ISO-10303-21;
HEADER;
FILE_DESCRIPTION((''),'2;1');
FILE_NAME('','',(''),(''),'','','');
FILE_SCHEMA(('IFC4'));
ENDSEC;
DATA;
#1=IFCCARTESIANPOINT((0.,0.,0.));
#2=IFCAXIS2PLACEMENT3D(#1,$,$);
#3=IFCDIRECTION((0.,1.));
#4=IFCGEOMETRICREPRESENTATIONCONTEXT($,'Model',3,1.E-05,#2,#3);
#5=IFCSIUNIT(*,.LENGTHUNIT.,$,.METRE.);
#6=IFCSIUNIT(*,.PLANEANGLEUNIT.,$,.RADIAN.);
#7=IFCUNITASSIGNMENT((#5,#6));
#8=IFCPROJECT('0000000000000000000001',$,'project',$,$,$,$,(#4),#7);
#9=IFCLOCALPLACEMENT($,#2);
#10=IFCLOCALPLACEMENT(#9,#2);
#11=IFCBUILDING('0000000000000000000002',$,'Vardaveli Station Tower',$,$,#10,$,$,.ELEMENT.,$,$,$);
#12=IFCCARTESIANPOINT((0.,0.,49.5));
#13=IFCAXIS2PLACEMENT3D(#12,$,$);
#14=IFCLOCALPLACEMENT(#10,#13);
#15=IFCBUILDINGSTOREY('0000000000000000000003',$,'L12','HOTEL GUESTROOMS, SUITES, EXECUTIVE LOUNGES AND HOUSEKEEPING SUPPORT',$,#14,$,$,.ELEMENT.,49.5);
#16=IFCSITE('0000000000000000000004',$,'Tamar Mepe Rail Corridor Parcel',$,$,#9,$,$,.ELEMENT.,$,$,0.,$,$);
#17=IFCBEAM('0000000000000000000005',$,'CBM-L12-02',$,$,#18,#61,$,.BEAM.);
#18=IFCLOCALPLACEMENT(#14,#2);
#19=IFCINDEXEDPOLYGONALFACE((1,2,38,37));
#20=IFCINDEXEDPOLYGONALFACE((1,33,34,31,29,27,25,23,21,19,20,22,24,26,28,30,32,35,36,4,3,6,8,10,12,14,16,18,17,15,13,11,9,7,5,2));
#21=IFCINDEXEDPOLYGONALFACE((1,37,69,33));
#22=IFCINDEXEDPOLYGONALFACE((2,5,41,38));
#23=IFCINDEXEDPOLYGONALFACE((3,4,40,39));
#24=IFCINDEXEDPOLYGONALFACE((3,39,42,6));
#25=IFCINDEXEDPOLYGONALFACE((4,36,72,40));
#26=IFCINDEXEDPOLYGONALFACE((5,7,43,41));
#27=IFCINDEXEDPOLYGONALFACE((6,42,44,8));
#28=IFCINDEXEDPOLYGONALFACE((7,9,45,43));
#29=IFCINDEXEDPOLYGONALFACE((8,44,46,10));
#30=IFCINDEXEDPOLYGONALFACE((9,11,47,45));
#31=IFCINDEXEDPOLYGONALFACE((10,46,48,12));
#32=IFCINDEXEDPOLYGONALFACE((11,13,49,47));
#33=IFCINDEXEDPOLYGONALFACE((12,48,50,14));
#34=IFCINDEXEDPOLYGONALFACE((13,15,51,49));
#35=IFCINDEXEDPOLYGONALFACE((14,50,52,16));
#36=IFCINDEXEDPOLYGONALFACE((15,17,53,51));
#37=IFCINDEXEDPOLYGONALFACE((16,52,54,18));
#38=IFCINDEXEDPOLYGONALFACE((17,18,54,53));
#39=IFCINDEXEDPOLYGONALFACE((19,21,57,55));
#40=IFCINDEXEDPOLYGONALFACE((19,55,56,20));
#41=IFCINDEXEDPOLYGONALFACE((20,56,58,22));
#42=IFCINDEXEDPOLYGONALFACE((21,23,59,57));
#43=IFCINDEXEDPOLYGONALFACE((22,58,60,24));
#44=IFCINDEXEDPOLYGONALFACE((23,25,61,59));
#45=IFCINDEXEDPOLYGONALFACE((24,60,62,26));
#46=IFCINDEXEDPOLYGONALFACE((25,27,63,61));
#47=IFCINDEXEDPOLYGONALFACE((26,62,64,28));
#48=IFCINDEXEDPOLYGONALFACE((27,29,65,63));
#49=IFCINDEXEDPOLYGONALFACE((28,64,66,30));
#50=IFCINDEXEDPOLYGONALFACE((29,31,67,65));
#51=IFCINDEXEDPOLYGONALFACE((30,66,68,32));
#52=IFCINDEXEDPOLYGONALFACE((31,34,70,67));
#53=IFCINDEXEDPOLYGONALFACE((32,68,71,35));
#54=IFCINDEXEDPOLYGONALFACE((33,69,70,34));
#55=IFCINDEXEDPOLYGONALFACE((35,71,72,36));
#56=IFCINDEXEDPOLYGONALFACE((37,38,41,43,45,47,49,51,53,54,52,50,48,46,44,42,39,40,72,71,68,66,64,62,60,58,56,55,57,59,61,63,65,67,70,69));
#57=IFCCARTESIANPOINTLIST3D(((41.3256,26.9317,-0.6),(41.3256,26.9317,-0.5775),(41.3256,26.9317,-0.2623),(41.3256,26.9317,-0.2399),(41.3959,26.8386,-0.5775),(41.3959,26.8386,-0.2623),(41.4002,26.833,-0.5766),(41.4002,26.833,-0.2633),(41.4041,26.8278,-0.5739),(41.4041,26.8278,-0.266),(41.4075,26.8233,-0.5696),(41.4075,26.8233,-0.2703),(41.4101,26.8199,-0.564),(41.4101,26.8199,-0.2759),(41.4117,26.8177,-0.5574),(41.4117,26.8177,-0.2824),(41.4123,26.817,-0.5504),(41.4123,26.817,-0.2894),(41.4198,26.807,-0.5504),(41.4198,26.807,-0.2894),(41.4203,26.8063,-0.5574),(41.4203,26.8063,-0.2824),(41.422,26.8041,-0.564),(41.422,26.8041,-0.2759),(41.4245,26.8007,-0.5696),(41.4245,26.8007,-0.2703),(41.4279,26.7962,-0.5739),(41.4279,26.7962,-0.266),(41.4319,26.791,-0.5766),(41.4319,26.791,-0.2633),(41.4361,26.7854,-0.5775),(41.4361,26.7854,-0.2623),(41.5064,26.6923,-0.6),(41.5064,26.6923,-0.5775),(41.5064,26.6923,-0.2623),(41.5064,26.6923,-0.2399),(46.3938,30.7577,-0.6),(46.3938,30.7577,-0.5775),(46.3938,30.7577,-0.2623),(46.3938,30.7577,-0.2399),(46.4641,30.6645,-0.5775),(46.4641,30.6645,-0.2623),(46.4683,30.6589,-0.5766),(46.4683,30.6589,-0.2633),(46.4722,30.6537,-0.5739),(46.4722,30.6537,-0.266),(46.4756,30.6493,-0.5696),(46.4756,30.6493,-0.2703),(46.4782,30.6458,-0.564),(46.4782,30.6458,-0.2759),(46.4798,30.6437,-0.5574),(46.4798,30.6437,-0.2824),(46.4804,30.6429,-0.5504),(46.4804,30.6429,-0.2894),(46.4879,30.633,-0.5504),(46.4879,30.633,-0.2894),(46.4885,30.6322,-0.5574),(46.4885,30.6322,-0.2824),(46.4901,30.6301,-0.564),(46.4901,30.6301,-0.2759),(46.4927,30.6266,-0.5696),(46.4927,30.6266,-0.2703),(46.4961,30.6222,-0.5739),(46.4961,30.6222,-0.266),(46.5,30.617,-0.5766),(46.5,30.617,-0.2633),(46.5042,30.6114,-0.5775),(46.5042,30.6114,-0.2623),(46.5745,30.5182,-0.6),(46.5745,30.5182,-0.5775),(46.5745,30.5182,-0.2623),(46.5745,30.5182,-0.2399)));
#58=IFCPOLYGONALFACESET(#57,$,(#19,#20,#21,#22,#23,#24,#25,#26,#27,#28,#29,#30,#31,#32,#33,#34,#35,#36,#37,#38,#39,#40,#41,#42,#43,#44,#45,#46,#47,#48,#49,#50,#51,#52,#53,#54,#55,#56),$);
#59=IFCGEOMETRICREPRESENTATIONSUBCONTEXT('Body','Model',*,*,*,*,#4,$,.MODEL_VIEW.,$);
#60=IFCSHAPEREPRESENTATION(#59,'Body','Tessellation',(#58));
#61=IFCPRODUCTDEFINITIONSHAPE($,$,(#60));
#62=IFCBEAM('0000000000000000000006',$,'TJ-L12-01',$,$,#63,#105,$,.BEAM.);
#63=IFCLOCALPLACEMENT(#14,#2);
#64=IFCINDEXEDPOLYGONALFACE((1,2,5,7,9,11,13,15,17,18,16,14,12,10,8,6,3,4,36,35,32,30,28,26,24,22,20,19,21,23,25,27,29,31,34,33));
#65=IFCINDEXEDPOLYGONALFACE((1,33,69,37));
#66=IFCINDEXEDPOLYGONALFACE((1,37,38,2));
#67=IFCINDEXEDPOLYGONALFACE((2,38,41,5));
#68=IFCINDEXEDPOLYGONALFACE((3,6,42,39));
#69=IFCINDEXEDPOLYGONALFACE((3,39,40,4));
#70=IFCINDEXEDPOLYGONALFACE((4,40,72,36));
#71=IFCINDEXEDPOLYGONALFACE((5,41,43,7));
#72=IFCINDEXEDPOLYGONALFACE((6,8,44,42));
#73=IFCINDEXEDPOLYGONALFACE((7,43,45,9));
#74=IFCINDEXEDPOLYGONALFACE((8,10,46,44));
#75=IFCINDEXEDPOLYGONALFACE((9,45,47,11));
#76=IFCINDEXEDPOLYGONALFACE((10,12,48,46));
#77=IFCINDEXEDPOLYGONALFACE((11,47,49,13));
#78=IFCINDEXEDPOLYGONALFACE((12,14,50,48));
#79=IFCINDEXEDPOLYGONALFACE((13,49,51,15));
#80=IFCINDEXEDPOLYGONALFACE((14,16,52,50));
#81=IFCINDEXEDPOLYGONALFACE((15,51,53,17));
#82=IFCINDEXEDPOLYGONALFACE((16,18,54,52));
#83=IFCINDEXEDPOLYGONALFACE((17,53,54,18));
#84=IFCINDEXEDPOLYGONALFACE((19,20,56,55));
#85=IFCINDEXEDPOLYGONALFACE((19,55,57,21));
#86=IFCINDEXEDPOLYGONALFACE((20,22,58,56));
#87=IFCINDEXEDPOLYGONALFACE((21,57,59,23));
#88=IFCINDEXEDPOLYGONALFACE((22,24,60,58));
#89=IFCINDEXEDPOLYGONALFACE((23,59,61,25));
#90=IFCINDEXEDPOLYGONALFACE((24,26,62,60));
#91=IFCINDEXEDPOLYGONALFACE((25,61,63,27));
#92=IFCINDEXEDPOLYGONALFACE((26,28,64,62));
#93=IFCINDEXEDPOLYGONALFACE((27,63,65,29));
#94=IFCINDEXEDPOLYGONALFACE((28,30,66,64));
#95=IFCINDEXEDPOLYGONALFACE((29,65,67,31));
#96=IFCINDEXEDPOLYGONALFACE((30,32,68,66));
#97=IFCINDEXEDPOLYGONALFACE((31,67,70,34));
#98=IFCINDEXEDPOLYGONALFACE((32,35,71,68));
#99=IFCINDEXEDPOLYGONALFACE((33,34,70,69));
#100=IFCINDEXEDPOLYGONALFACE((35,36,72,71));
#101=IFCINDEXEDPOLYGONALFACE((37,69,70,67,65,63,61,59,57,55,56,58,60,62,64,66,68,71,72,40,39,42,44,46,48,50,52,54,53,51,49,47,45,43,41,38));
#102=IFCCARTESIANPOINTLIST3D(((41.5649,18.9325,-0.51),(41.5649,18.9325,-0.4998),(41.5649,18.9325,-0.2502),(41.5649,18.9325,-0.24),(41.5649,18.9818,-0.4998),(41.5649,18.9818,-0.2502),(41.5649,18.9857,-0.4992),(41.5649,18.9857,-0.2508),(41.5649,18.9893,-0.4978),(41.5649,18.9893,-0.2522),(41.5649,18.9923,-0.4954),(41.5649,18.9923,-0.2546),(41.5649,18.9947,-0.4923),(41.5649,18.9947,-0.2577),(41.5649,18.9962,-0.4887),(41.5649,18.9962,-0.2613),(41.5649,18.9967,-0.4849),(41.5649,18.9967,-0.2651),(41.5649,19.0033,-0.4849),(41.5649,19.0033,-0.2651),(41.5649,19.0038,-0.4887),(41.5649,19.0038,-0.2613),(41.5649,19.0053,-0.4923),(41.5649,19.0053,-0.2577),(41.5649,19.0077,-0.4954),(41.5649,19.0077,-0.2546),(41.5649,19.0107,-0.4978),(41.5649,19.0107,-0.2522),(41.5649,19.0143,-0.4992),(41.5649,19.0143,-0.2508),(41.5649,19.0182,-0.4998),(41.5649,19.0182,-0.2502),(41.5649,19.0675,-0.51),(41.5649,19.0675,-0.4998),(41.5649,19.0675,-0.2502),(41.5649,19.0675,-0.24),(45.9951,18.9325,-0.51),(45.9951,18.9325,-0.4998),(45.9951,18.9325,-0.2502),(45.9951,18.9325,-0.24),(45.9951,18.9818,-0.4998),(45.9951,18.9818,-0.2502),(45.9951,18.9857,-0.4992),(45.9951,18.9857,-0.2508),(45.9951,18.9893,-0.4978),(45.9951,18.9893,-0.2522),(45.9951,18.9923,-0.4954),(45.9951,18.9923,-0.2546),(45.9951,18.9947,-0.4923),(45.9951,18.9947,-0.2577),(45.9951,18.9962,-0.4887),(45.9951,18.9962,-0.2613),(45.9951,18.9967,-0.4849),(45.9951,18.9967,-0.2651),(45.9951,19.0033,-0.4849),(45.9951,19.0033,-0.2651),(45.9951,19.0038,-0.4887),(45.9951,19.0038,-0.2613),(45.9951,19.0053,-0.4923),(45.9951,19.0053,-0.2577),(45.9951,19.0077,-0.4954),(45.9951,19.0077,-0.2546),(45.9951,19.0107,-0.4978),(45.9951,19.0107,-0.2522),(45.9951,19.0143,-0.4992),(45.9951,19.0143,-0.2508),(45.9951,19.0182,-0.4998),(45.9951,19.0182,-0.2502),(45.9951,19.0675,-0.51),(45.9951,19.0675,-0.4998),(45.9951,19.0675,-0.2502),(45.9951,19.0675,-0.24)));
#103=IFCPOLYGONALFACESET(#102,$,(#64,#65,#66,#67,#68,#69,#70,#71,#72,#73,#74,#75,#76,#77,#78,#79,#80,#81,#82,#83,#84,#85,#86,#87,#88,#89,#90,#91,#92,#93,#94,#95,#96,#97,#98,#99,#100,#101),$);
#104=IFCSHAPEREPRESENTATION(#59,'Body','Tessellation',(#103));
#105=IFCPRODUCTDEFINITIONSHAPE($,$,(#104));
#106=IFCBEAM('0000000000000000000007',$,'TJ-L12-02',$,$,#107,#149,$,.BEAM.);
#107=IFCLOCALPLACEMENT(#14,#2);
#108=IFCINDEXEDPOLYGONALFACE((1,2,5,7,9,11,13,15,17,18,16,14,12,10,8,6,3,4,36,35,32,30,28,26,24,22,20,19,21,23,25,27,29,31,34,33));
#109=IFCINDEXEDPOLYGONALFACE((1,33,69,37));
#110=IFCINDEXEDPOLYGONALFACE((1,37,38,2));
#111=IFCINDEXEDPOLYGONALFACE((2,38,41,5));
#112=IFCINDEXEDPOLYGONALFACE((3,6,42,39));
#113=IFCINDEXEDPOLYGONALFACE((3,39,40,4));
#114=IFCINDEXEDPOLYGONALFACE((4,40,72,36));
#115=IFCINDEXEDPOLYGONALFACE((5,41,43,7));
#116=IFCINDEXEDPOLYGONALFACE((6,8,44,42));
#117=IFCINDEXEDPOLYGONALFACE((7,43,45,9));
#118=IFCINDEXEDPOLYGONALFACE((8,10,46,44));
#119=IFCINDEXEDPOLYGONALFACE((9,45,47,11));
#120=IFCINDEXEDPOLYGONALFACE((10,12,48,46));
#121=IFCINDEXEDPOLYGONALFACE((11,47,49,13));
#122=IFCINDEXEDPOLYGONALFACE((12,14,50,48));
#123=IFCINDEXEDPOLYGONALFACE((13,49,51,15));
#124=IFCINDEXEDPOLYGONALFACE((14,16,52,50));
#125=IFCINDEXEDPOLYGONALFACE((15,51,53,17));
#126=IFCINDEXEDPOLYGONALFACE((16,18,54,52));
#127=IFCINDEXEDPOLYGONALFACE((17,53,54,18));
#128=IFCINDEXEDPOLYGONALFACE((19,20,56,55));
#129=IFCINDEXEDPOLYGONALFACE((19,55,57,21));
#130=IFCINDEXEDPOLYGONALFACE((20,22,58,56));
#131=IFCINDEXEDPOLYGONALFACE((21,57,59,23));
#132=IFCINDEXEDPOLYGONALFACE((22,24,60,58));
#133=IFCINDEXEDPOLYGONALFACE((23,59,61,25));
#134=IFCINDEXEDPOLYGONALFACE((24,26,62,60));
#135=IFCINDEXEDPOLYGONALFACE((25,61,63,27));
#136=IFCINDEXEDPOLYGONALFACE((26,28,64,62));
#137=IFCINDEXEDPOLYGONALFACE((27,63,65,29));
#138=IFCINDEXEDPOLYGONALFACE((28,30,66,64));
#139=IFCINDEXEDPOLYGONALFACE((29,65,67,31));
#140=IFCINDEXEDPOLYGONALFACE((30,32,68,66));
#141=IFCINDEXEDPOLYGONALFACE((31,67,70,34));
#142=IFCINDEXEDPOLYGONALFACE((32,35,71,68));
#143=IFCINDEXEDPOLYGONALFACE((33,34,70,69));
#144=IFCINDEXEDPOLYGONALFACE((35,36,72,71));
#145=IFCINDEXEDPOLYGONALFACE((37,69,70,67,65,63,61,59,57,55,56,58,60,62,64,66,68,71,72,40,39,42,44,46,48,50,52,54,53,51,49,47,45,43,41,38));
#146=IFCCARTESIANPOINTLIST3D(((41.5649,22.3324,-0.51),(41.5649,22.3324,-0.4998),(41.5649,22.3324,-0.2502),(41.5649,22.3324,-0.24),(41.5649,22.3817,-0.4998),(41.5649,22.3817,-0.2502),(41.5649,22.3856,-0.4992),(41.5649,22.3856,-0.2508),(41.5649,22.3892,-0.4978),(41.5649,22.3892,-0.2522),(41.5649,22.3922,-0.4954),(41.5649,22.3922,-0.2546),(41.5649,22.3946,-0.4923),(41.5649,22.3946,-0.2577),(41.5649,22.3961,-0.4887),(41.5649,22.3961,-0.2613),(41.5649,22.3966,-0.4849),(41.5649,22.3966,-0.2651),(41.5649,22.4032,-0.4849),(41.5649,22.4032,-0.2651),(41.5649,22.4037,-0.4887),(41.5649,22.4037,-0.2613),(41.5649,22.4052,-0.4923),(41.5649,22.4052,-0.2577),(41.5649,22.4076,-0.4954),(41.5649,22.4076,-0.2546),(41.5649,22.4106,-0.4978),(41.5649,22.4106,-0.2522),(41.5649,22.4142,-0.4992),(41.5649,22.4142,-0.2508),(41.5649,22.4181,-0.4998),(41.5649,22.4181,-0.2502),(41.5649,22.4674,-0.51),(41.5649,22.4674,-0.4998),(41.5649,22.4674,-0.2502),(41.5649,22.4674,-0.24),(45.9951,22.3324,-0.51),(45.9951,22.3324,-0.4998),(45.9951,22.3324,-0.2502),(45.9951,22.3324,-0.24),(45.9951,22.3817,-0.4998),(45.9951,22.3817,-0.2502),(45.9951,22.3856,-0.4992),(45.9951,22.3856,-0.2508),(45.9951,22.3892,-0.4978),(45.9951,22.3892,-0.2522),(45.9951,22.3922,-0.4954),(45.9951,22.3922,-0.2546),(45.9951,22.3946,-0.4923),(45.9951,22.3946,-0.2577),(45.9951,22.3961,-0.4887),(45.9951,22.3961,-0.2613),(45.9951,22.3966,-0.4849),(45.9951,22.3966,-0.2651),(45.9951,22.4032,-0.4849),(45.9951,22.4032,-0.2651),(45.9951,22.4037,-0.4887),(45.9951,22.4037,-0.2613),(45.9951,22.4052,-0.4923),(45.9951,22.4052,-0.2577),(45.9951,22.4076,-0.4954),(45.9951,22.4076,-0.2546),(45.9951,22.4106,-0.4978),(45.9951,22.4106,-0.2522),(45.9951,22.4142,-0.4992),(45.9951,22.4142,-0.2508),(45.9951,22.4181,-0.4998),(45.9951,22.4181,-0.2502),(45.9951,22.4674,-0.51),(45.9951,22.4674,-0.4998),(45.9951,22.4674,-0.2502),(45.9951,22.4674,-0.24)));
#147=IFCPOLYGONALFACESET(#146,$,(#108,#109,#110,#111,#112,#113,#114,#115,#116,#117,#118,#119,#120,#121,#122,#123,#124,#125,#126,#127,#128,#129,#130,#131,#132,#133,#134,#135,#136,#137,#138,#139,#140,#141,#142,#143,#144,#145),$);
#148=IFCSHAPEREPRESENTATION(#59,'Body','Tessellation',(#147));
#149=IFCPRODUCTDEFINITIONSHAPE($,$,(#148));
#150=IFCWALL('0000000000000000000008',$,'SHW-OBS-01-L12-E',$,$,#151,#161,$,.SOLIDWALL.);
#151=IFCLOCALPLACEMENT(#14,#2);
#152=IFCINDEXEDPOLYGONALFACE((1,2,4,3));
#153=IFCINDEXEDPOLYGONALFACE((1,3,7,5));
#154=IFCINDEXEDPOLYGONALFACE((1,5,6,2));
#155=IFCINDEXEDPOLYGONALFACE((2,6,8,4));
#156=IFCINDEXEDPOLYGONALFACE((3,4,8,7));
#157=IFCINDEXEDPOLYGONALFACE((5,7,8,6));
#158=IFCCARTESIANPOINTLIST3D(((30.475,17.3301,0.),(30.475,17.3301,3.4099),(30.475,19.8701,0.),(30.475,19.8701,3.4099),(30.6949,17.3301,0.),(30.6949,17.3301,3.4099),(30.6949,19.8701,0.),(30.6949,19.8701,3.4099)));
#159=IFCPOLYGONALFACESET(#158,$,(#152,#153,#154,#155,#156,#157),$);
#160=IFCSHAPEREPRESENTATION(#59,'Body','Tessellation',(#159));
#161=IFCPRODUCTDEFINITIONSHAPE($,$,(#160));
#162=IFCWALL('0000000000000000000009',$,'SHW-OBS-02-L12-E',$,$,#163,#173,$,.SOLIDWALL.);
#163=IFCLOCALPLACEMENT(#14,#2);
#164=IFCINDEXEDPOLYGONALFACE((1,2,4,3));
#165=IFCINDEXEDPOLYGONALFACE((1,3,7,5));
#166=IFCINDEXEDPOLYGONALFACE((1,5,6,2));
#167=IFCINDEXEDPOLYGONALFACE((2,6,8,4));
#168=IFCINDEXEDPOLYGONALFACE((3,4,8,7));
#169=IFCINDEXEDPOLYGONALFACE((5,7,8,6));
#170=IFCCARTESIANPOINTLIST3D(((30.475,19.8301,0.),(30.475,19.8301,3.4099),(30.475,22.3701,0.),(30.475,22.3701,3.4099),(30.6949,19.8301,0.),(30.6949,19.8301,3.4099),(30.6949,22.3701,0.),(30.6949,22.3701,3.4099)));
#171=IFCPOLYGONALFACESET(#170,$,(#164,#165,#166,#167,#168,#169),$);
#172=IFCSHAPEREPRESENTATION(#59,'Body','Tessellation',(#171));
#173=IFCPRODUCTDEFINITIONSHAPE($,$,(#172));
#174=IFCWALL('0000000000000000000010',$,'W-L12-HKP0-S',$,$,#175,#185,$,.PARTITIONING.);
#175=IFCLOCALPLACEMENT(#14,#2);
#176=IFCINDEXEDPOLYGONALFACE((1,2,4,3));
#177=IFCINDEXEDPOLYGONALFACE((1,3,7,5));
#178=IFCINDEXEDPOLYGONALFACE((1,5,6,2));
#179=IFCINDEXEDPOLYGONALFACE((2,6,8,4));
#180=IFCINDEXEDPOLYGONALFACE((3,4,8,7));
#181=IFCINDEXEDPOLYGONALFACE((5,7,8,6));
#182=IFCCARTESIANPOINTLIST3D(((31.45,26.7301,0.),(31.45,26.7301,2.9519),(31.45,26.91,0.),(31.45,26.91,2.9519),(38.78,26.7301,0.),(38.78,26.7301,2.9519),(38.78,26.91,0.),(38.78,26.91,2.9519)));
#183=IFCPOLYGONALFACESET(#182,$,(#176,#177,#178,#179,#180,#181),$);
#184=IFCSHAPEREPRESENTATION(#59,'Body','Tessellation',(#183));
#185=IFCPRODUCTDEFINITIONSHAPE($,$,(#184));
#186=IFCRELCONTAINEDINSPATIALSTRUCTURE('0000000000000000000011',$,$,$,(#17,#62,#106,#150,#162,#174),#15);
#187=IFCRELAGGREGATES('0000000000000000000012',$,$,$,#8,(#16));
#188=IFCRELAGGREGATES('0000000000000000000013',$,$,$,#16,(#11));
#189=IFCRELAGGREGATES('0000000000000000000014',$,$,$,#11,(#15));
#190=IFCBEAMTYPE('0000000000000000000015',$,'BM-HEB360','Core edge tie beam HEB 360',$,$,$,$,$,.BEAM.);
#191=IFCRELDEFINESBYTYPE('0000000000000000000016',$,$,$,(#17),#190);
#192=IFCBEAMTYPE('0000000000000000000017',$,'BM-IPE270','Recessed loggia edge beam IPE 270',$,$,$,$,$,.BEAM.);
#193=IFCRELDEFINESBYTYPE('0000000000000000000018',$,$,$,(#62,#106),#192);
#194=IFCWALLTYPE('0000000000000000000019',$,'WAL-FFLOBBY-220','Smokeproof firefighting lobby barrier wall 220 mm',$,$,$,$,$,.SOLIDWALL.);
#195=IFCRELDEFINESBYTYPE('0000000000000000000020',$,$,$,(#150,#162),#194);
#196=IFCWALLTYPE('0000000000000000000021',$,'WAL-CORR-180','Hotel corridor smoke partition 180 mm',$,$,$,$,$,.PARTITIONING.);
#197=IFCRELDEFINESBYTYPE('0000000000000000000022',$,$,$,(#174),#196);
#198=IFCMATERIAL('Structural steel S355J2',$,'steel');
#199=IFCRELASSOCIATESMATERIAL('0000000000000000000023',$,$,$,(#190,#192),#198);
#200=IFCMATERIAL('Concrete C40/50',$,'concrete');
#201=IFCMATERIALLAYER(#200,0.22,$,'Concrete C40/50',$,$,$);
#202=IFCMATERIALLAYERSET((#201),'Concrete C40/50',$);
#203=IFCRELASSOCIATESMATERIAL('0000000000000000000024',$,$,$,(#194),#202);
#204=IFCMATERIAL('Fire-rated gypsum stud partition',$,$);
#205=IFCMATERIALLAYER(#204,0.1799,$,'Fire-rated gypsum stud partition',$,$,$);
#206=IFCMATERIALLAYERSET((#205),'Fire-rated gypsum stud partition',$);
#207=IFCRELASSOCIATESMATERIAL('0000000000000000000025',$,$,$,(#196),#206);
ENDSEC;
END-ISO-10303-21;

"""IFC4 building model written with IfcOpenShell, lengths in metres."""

from ifc_helpers import new_model, si_unit, direction, frame, frame_2d, origin, origin_2d, place, context, subcontext, project, spatial, rectangle, i_section, extrude, source, transform, mapped, material, layer, layer_set, material_profile, profile_set, type_object, element, save


model = new_model("IFC4")

# Units and contexts
model_context = context("Model", 3, precision=1e-05, world=origin(), true_north=direction((0.0, 1.0)))
body_context = subcontext(model_context, "Body", "Model", "MODEL_VIEW")
ifc_project = project(units=[si_unit("LENGTHUNIT", "METRE"), si_unit("PLANEANGLEUNIT", "RADIAN")], contexts=[model_context])

# Site, building, storey
site_placement = place(None, origin())
site = spatial("IfcSite", under=ifc_project, at=site_placement, Name="Tamar Mepe Rail Corridor Parcel", CompositionType="ELEMENT", RefElevation=0.0)
building_placement = place(site_placement, origin())
building = spatial("IfcBuilding", under=site, at=building_placement, Name="Vardaveli Station Tower", CompositionType="ELEMENT")
storey_placement = place(building_placement, frame((0.0, 0.0, 49.5)))
storey = spatial("IfcBuildingStorey", under=building, at=storey_placement, Name="L12", Description="HOTEL GUESTROOMS, SUITES, EXECUTIVE LOUNGES AND HOUSEKEEPING SUPPORT", CompositionType="ELEMENT", Elevation=49.5)

# Beams
ifc_material_1 = material(Name="Structural steel S355J2", Category="steel")
ifc_material_profile_1 = material_profile(ifc_material_1, i_section(OverallWidth=0.3, OverallDepth=0.3601, WebThickness=0.0125, FlangeThickness=0.0225, FilletRadius=0.0271, at=origin_2d()), Name="HEB 360")
ifc_profile_set_1 = profile_set([ifc_material_profile_1], Name="Structural steel S355J2")
beam_type_1 = type_object("IfcBeamType", Name="BM-HEB360", Description="Core edge tie beam HEB 360", PredefinedType="BEAM", material=ifc_profile_set_1)
shared_shape_1 = source(origin(), body_context, "Body", "SweptSolid", [
    extrude(i_section(OverallWidth=0.3, OverallDepth=0.3601, WebThickness=0.0125, FlangeThickness=0.0225, FilletRadius=0.0271, at=origin_2d()), origin(), (0.0, 0.0, 1.0), 6.3501),
])
beam_1_placement = place(storey_placement, frame((41.416, 26.812, -0.4199), z_axis=(0.798118, 0.602501, 0.0), x_axis=(-0.602501, 0.798118, 0.0)))
element("IfcBeam", 1, at=beam_1_placement, inside=storey, type_object=beam_type_1, Name="CBM-L12-02", PredefinedType="BEAM", context=body_context, shape_type="MappedRepresentation", body=[
    mapped(shared_shape_1, transform((0.0, 0.0, 0.0), scale=1.0)),
])
ifc_material_profile_2 = material_profile(ifc_material_1, i_section(OverallWidth=0.135, OverallDepth=0.27, WebThickness=0.0066, FlangeThickness=0.0103, FilletRadius=0.0149, at=origin_2d()), Name="IPE 270")
ifc_profile_set_2 = profile_set([ifc_material_profile_2], Name="Structural steel S355J2")
beam_type_2 = type_object("IfcBeamType", Name="BM-IPE270", Description="Recessed loggia edge beam IPE 270", PredefinedType="BEAM", material=ifc_profile_set_2)
shared_shape_2 = source(origin(), body_context, "Body", "SweptSolid", [
    extrude(i_section(OverallWidth=0.135, OverallDepth=0.27, WebThickness=0.0066, FlangeThickness=0.0103, FilletRadius=0.0149, at=origin_2d()), origin(), (0.0, 0.0, 1.0), 4.4302),
])
for number, where, z_axis, x_axis, name in (
    (2, (41.5649, 19.0, -0.375), (1.0, 0.0, 0.0), (0.0, 1.0, 0.0), "TJ-L12-01"),
    (3, (41.5649, 22.3999, -0.375), (1.0, 0.0, 0.0), (0.0, 1.0, 0.0), "TJ-L12-02"),
):
    element("IfcBeam", number, at=place(storey_placement, frame(where, z_axis=z_axis, x_axis=x_axis)), inside=storey, type_object=beam_type_2, Name=name, PredefinedType="BEAM", context=body_context, shape_type="MappedRepresentation", body=[
        mapped(shared_shape_2, transform((0.0, 0.0, 0.0), scale=1.0)),
    ])

# Walls
ifc_material_2 = material(Name="Concrete C40/50", Category="concrete")
ifc_layer_1 = layer(ifc_material_2, 0.22, Name="Concrete C40/50")
ifc_layer_set_1 = layer_set([ifc_layer_1], Name="Concrete C40/50")
wall_type_1 = type_object("IfcWallType", Name="WAL-FFLOBBY-220", Description="Smokeproof firefighting lobby barrier wall 220 mm", PredefinedType="SOLIDWALL", material=ifc_layer_set_1)
shared_shape_3 = source(origin(), body_context, "Body", "SweptSolid", [
    extrude(rectangle(XDim=2.54, YDim=0.22, at=frame_2d((1.27, 0.0))), origin(), (0.0, 0.0, 1.0), 3.4099),
])
for number, where, z_axis, x_axis, name in (
    (4, (30.585, 17.3301, 0.0), (0.0, 0.0, 1.0), (0.0, 1.0, 0.0), "SHW-OBS-01-L12-E"),
    (5, (30.585, 19.8301, 0.0), (0.0, 0.0, 1.0), (0.0, 1.0, 0.0), "SHW-OBS-02-L12-E"),
):
    element("IfcWall", number, at=place(storey_placement, frame(where, z_axis=z_axis, x_axis=x_axis)), inside=storey, type_object=wall_type_1, Name=name, PredefinedType="SOLIDWALL", context=body_context, shape_type="MappedRepresentation", body=[
        mapped(shared_shape_3, transform((0.0, 0.0, 0.0), scale=1.0)),
    ])
ifc_material_3 = material(Name="Fire-rated gypsum stud partition")
ifc_layer_2 = layer(ifc_material_3, 0.1799, Name="Fire-rated gypsum stud partition")
ifc_layer_set_2 = layer_set([ifc_layer_2], Name="Fire-rated gypsum stud partition")
wall_type_2 = type_object("IfcWallType", Name="WAL-CORR-180", Description="Hotel corridor smoke partition 180 mm", PredefinedType="PARTITIONING", material=ifc_layer_set_2)
shared_shape_4 = source(origin(), body_context, "Body", "SweptSolid", [
    extrude(rectangle(XDim=7.3301, YDim=0.1799, at=frame_2d((3.665, 0.0))), origin(), (0.0, 0.0, 1.0), 2.9519),
])
wall_1_placement = place(storey_placement, frame((31.45, 26.8201, 0.0), z_axis=(0.0, 0.0, 1.0), x_axis=(1.0, 0.0, 0.0)))
element("IfcWall", 6, at=wall_1_placement, inside=storey, type_object=wall_type_2, Name="W-L12-HKP0-S", PredefinedType="PARTITIONING", context=body_context, shape_type="MappedRepresentation", body=[
    mapped(shared_shape_4, transform((0.0, 0.0, 0.0), scale=1.0)),
])

save(model, "model.ifc")
